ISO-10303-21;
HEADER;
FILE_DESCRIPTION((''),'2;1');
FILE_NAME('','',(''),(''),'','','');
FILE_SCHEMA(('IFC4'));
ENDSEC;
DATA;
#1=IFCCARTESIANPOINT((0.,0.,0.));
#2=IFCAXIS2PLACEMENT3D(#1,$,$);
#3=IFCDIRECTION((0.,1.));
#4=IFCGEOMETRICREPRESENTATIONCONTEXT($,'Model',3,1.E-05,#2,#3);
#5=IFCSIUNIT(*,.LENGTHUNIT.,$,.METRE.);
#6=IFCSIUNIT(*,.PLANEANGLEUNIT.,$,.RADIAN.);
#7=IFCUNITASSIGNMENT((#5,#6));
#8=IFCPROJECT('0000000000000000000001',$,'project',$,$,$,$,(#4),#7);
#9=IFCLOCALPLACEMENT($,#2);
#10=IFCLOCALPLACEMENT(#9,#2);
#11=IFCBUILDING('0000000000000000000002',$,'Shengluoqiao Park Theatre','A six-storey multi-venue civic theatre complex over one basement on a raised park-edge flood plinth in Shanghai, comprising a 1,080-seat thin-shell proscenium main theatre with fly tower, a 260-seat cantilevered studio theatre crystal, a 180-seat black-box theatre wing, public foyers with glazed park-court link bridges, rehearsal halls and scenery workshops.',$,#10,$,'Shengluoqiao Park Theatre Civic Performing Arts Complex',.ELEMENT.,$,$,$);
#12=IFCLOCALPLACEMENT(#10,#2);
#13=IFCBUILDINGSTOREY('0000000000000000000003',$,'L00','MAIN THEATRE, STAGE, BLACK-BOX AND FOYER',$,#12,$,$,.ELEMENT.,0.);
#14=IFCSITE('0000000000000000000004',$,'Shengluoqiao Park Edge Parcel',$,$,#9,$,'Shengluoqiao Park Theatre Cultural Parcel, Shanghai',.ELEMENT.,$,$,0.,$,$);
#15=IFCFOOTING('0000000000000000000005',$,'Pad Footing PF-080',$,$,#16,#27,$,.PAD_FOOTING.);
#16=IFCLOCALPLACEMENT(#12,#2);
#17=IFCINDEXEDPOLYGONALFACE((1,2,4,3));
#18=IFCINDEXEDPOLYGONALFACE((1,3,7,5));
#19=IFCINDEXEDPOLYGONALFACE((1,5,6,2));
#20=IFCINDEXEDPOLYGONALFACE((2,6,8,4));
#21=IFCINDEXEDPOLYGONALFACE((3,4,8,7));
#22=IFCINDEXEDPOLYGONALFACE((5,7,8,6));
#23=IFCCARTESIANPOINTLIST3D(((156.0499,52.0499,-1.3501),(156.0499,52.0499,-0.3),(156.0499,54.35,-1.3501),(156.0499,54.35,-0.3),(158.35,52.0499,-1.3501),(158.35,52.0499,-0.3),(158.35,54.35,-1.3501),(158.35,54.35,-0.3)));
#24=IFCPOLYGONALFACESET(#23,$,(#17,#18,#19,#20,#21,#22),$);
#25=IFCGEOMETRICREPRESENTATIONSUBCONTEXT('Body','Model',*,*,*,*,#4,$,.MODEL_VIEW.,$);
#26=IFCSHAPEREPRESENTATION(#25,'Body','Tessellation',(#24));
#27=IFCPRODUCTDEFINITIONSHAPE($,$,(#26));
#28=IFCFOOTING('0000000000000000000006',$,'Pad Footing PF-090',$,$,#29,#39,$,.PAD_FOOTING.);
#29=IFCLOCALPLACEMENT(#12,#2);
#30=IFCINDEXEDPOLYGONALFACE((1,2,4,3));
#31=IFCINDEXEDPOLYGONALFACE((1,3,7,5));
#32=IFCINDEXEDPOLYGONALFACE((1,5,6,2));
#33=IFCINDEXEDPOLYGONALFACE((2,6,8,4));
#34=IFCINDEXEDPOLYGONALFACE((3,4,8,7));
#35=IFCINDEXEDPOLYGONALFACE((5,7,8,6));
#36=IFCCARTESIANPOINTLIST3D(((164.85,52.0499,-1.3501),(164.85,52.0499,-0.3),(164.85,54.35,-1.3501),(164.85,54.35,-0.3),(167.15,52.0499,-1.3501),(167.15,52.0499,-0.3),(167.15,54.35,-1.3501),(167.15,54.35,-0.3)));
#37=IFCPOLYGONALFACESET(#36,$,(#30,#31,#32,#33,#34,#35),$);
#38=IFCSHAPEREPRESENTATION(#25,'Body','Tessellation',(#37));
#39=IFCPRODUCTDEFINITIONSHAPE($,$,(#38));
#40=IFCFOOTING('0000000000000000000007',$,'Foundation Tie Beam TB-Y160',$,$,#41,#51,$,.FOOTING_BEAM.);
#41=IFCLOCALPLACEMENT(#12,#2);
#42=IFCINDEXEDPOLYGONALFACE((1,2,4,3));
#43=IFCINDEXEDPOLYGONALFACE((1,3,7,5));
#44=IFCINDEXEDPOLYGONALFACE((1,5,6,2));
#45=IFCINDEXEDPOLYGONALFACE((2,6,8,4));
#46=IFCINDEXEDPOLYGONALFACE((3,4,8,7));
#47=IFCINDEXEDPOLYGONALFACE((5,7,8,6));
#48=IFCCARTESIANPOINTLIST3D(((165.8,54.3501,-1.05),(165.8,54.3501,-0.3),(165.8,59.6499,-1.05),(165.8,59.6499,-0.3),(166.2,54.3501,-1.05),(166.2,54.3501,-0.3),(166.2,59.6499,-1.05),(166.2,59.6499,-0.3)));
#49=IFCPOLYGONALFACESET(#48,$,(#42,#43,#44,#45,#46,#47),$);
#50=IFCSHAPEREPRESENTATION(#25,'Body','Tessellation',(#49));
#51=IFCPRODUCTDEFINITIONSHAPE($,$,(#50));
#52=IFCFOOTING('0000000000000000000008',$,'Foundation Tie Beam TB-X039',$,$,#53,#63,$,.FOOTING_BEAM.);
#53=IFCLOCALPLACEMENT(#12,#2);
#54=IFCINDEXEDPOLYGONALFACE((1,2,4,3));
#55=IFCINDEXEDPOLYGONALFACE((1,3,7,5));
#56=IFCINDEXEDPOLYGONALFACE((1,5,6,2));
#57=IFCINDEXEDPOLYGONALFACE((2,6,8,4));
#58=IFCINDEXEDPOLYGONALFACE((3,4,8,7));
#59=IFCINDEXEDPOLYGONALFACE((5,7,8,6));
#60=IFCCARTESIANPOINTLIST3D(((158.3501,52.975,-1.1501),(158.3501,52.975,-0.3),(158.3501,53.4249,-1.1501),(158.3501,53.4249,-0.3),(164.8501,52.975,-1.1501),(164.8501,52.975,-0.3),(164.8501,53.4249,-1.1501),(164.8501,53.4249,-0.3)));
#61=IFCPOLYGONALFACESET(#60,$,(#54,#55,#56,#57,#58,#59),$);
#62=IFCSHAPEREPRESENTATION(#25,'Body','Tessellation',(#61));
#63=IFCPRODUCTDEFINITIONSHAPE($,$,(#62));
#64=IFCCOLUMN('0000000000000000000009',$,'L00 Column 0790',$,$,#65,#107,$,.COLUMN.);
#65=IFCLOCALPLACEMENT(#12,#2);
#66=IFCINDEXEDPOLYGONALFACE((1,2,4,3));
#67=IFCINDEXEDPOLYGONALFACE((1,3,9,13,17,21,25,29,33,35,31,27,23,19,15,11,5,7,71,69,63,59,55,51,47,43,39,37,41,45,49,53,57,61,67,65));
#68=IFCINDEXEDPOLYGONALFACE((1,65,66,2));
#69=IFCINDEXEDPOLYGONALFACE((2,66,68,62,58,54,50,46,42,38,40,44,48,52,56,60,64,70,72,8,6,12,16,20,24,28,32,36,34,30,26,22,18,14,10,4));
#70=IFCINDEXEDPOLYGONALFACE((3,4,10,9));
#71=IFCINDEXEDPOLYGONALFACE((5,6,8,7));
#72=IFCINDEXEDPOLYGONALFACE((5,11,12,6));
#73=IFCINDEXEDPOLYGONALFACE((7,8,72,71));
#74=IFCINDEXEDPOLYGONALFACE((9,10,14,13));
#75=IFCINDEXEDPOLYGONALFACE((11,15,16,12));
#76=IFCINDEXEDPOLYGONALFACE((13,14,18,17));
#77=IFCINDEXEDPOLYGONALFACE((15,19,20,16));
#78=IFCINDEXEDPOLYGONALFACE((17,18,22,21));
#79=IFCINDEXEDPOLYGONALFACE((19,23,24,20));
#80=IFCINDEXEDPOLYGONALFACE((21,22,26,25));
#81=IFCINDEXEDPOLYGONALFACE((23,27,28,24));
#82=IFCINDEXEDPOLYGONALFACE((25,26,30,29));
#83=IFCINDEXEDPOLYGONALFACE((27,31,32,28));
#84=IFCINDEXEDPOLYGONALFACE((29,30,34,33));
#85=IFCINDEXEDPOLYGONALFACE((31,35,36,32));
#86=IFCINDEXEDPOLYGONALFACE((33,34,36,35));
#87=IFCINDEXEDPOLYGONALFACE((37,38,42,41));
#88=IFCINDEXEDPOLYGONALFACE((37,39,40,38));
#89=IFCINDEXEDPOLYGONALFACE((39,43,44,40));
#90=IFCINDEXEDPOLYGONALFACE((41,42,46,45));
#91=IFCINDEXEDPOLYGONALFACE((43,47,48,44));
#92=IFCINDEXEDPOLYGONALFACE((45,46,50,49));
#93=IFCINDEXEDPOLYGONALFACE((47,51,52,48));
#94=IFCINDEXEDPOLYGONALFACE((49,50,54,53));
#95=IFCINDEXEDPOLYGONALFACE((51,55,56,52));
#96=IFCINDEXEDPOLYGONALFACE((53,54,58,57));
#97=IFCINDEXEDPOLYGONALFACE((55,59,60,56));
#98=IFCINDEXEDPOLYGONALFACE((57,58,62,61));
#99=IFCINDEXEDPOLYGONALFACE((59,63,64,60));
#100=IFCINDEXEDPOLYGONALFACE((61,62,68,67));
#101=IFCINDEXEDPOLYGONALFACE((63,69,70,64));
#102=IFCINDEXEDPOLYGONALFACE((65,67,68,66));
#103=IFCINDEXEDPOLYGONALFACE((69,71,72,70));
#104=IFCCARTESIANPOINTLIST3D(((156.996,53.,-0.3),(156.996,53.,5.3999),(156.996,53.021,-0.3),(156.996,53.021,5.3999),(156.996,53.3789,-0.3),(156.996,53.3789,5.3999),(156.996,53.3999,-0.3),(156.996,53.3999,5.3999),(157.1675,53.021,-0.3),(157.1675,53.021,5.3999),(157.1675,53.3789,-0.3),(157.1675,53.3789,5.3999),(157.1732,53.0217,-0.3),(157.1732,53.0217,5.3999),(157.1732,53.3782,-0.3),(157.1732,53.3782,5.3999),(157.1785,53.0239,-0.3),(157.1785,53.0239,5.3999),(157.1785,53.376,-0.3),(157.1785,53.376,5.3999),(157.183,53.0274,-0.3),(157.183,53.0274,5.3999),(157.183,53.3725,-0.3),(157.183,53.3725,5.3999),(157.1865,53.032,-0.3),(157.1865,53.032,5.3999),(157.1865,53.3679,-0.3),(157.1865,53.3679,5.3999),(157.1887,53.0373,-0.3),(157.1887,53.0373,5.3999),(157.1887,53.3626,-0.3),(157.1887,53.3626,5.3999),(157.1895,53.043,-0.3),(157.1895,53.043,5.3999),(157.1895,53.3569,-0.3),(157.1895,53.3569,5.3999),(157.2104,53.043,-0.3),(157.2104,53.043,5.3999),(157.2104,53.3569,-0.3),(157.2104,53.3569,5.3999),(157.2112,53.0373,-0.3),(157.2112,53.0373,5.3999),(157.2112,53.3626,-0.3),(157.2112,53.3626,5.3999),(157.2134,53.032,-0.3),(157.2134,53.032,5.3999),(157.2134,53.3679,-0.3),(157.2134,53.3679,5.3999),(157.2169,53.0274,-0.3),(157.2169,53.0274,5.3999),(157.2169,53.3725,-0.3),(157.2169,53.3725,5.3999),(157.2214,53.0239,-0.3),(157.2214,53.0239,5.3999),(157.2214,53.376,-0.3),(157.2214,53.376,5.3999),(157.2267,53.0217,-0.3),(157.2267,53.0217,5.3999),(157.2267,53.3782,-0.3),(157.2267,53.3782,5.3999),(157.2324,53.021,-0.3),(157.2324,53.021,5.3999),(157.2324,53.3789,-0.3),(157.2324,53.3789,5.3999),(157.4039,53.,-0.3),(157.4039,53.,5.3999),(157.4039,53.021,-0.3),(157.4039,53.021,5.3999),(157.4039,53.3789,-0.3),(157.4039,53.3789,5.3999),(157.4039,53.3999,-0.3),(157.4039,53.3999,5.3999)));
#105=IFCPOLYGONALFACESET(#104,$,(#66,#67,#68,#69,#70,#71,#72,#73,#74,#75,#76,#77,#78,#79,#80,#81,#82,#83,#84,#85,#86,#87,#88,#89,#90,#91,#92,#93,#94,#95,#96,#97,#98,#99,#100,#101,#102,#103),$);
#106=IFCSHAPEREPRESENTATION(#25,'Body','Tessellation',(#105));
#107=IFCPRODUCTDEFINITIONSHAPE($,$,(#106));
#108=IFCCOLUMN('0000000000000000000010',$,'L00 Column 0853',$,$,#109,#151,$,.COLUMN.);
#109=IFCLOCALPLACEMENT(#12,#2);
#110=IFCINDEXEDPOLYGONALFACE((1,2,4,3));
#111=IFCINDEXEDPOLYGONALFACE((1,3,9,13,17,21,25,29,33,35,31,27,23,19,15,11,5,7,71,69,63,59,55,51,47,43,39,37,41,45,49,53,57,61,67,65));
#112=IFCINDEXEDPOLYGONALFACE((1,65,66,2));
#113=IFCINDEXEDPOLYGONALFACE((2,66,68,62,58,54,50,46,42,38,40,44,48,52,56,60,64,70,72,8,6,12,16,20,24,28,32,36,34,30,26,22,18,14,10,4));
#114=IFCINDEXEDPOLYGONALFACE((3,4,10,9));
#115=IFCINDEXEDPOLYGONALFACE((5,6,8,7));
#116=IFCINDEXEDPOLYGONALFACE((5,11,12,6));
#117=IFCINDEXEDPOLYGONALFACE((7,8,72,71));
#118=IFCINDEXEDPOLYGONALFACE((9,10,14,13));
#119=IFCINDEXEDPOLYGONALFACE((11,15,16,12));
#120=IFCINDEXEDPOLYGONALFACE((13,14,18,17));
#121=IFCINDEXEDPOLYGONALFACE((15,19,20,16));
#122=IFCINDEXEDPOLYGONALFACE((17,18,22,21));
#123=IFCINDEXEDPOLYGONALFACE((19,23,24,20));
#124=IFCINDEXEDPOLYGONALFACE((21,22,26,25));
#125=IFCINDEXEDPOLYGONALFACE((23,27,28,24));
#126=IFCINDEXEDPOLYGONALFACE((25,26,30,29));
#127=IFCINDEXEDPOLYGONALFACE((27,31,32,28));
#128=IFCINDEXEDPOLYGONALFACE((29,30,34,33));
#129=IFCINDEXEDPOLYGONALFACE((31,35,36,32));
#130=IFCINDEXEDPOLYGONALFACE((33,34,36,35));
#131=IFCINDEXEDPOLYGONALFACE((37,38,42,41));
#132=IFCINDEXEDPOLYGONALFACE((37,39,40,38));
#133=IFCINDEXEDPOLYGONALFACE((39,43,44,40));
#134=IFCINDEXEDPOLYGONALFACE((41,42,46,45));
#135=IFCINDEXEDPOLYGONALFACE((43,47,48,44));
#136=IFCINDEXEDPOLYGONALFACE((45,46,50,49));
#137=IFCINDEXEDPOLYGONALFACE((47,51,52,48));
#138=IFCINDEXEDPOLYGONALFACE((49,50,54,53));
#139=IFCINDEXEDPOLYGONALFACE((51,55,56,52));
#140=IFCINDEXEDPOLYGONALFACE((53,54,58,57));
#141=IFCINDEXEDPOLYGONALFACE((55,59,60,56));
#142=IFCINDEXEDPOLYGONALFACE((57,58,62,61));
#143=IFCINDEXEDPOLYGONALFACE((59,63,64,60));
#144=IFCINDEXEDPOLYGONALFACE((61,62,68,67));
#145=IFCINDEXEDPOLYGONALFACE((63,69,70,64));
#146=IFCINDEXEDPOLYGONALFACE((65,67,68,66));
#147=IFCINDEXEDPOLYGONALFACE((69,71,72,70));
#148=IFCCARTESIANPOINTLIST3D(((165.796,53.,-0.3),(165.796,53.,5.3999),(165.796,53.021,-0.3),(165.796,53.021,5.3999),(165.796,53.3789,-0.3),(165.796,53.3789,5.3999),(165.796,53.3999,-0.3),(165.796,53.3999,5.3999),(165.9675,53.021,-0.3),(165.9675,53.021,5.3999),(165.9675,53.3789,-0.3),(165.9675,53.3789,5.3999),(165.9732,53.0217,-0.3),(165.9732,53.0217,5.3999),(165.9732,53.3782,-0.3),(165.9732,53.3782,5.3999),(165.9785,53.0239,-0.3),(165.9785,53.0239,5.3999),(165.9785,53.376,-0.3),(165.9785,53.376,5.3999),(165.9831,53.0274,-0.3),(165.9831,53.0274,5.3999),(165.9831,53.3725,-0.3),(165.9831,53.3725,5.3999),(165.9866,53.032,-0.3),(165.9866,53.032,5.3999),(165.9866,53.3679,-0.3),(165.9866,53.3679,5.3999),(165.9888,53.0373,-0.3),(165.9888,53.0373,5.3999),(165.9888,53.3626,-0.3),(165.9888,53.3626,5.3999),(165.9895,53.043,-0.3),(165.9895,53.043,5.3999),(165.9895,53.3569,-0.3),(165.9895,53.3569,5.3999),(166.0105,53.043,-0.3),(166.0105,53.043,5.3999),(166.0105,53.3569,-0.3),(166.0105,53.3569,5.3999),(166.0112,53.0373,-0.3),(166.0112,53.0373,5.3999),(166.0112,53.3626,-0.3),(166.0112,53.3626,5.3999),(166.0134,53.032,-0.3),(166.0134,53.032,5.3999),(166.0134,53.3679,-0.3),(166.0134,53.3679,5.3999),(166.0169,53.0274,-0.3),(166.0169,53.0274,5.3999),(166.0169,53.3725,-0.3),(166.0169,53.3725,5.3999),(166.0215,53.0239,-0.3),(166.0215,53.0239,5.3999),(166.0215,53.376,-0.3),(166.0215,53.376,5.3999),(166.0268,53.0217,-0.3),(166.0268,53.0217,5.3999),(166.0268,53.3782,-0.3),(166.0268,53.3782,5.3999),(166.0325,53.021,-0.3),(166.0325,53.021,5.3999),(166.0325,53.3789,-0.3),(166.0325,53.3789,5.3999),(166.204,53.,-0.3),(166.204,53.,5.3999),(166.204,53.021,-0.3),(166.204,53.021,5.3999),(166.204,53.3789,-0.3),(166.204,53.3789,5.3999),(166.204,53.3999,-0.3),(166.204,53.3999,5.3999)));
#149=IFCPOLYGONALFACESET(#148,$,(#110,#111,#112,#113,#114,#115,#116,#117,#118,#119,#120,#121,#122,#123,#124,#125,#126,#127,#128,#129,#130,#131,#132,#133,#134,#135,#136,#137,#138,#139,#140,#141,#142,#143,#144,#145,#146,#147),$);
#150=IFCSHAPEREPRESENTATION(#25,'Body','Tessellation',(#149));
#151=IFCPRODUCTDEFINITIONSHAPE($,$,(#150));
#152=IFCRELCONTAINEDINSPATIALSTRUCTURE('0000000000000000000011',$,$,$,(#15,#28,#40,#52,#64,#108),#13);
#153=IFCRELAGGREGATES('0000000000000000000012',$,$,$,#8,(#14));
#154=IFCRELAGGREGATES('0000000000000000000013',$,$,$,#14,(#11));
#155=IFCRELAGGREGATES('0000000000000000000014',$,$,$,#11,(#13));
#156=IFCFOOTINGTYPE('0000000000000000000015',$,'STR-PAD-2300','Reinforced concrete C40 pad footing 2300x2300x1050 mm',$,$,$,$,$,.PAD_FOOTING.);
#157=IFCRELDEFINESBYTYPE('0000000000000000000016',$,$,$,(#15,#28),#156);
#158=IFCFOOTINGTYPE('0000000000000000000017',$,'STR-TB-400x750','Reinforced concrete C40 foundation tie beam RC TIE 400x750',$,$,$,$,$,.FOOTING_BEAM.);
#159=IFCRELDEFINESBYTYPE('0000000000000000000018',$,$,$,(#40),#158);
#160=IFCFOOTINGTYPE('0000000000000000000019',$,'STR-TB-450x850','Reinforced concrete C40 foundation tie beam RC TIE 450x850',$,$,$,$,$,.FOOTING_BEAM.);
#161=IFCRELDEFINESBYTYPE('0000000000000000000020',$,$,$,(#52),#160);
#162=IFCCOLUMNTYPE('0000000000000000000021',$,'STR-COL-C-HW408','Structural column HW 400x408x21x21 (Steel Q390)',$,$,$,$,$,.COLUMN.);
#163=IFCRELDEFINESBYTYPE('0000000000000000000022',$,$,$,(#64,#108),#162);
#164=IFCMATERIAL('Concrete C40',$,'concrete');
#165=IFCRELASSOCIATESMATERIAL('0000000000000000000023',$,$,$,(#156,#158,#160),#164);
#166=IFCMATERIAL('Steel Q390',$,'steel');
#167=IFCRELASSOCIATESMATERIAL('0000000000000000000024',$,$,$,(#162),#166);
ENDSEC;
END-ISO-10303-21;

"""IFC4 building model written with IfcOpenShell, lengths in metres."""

from ifc_helpers import new_model, si_unit, direction, frame, origin, origin_2d, place, context, subcontext, project, spatial, rectangle, i_section, extrude, material, material_profile, profile_set, type_object, element, save


model = new_model("IFC4")

# Units and contexts
model_context = context("Model", 3, precision=1e-05, world=origin(), true_north=direction((0.0, 1.0)))
body_context = subcontext(model_context, "Body", "Model", "MODEL_VIEW")
ifc_project = project(units=[si_unit("LENGTHUNIT", "METRE"), si_unit("PLANEANGLEUNIT", "RADIAN")], contexts=[model_context])

# Site, building, storey
site_placement = place(None, origin())
site = spatial("IfcSite", under=ifc_project, at=site_placement, Name="Shengluoqiao Park Edge Parcel", LongName="Shengluoqiao Park Theatre Cultural Parcel, Shanghai", CompositionType="ELEMENT", RefElevation=0.0)
building_placement = place(site_placement, origin())
building = spatial("IfcBuilding", under=site, at=building_placement, Name="Shengluoqiao Park Theatre", Description="A six-storey multi-venue civic theatre complex over one basement on a raised park-edge flood plinth in Shanghai, comprising a 1,080-seat thin-shell proscenium main theatre with fly tower, a 260-seat cantilevered studio theatre crystal, a 180-seat black-box theatre wing, public foyers with glazed park-court link bridges, rehearsal halls and scenery workshops.", LongName="Shengluoqiao Park Theatre Civic Performing Arts Complex", CompositionType="ELEMENT")
storey_placement = place(building_placement, origin())
storey = spatial("IfcBuildingStorey", under=building, at=storey_placement, Name="L00", Description="MAIN THEATRE, STAGE, BLACK-BOX AND FOYER", CompositionType="ELEMENT", Elevation=0.0)

# Footings
ifc_material_1 = material(Name="Concrete C40", Category="concrete")
footing_type_1 = type_object("IfcFootingType", Name="STR-PAD-2300", Description="Reinforced concrete C40 pad footing 2300x2300x1050 mm", PredefinedType="PAD_FOOTING", material=ifc_material_1)
for number, where, z_axis, x_axis, name in (
    (1, (157.2, 53.2, -1.3501), (0.0, 0.0, 1.0), (1.0, 0.0, 0.0), "Pad Footing PF-080"),
    (2, (166.0, 53.2, -1.3501), (0.0, 0.0, 1.0), (1.0, 0.0, 0.0), "Pad Footing PF-090"),
):
    element("IfcFooting", number, at=place(storey_placement, frame(where, z_axis=z_axis, x_axis=x_axis)), inside=storey, type_object=footing_type_1, Name=name, PredefinedType="PAD_FOOTING", context=body_context, shape_type="SweptSolid", body=[
        extrude(rectangle(XDim=2.3, YDim=2.3, at=origin_2d()), origin(), (0.0, 0.0, 1.0), 1.05),
    ])
ifc_material_profile_1 = material_profile(ifc_material_1, rectangle(XDim=0.3999, YDim=0.75, at=origin_2d()), Name="RC TIE 400x750")
ifc_profile_set_1 = profile_set([ifc_material_profile_1], Name="Concrete C40")
footing_type_2 = type_object("IfcFootingType", Name="STR-TB-400x750", Description="Reinforced concrete C40 foundation tie beam RC TIE 400x750", PredefinedType="FOOTING_BEAM", material=ifc_profile_set_1)
footing_1_placement = place(storey_placement, frame((166.0, 54.3501, -0.675), z_axis=(0.0, 1.0, 0.0), x_axis=(-1.0, 0.0, 0.0)))
element("IfcFooting", 3, at=footing_1_placement, inside=storey, type_object=footing_type_2, Name="Foundation Tie Beam TB-Y160", PredefinedType="FOOTING_BEAM", context=body_context, shape_type="SweptSolid", body=[
    extrude(rectangle(XDim=0.3999, YDim=0.75, at=origin_2d()), origin(), (0.0, 0.0, 1.0), 5.2998),
])
ifc_material_profile_2 = material_profile(ifc_material_1, rectangle(XDim=0.45, YDim=0.8501, at=origin_2d()), Name="RC TIE 450x850")
ifc_profile_set_2 = profile_set([ifc_material_profile_2], Name="Concrete C40")
footing_type_3 = type_object("IfcFootingType", Name="STR-TB-450x850", Description="Reinforced concrete C40 foundation tie beam RC TIE 450x850", PredefinedType="FOOTING_BEAM", material=ifc_profile_set_2)
footing_2_placement = place(storey_placement, frame((158.3501, 53.2, -0.7251), z_axis=(1.0, 0.0, 0.0), x_axis=(0.0, 1.0, 0.0)))
element("IfcFooting", 4, at=footing_2_placement, inside=storey, type_object=footing_type_3, Name="Foundation Tie Beam TB-X039", PredefinedType="FOOTING_BEAM", context=body_context, shape_type="SweptSolid", body=[
    extrude(rectangle(XDim=0.45, YDim=0.8501, at=origin_2d()), origin(), (0.0, 0.0, 1.0), 6.5),
])

# Columns
ifc_material_2 = material(Name="Steel Q390", Category="steel")
ifc_material_profile_3 = material_profile(ifc_material_2, i_section(OverallWidth=0.408, OverallDepth=0.3999, WebThickness=0.021, FlangeThickness=0.021, FilletRadius=0.022, at=origin_2d()), Name="HW 400x408x21x21")
ifc_profile_set_3 = profile_set([ifc_material_profile_3], Name="Steel Q390")
column_type = type_object("IfcColumnType", Name="STR-COL-C-HW408", Description="Structural column HW 400x408x21x21 (Steel Q390)", PredefinedType="COLUMN", material=ifc_profile_set_3)
for number, where, z_axis, x_axis, name in (
    (5, (157.2, 53.2, -0.3), (0.0, 0.0, 1.0), (1.0, 0.0, 0.0), "L00 Column 0790"),
    (6, (166.0, 53.2, -0.3), (0.0, 0.0, 1.0), (1.0, 0.0, 0.0), "L00 Column 0853"),
):
    element("IfcColumn", number, at=place(storey_placement, frame(where, z_axis=z_axis, x_axis=x_axis)), inside=storey, type_object=column_type, Name=name, PredefinedType="COLUMN", context=body_context, shape_type="SweptSolid", body=[
        extrude(i_section(OverallWidth=0.408, OverallDepth=0.3999, WebThickness=0.021, FlangeThickness=0.021, FilletRadius=0.022, at=origin_2d()), origin(), (0.0, 0.0, 1.0), 5.7),
    ])

save(model, "model.ifc")
